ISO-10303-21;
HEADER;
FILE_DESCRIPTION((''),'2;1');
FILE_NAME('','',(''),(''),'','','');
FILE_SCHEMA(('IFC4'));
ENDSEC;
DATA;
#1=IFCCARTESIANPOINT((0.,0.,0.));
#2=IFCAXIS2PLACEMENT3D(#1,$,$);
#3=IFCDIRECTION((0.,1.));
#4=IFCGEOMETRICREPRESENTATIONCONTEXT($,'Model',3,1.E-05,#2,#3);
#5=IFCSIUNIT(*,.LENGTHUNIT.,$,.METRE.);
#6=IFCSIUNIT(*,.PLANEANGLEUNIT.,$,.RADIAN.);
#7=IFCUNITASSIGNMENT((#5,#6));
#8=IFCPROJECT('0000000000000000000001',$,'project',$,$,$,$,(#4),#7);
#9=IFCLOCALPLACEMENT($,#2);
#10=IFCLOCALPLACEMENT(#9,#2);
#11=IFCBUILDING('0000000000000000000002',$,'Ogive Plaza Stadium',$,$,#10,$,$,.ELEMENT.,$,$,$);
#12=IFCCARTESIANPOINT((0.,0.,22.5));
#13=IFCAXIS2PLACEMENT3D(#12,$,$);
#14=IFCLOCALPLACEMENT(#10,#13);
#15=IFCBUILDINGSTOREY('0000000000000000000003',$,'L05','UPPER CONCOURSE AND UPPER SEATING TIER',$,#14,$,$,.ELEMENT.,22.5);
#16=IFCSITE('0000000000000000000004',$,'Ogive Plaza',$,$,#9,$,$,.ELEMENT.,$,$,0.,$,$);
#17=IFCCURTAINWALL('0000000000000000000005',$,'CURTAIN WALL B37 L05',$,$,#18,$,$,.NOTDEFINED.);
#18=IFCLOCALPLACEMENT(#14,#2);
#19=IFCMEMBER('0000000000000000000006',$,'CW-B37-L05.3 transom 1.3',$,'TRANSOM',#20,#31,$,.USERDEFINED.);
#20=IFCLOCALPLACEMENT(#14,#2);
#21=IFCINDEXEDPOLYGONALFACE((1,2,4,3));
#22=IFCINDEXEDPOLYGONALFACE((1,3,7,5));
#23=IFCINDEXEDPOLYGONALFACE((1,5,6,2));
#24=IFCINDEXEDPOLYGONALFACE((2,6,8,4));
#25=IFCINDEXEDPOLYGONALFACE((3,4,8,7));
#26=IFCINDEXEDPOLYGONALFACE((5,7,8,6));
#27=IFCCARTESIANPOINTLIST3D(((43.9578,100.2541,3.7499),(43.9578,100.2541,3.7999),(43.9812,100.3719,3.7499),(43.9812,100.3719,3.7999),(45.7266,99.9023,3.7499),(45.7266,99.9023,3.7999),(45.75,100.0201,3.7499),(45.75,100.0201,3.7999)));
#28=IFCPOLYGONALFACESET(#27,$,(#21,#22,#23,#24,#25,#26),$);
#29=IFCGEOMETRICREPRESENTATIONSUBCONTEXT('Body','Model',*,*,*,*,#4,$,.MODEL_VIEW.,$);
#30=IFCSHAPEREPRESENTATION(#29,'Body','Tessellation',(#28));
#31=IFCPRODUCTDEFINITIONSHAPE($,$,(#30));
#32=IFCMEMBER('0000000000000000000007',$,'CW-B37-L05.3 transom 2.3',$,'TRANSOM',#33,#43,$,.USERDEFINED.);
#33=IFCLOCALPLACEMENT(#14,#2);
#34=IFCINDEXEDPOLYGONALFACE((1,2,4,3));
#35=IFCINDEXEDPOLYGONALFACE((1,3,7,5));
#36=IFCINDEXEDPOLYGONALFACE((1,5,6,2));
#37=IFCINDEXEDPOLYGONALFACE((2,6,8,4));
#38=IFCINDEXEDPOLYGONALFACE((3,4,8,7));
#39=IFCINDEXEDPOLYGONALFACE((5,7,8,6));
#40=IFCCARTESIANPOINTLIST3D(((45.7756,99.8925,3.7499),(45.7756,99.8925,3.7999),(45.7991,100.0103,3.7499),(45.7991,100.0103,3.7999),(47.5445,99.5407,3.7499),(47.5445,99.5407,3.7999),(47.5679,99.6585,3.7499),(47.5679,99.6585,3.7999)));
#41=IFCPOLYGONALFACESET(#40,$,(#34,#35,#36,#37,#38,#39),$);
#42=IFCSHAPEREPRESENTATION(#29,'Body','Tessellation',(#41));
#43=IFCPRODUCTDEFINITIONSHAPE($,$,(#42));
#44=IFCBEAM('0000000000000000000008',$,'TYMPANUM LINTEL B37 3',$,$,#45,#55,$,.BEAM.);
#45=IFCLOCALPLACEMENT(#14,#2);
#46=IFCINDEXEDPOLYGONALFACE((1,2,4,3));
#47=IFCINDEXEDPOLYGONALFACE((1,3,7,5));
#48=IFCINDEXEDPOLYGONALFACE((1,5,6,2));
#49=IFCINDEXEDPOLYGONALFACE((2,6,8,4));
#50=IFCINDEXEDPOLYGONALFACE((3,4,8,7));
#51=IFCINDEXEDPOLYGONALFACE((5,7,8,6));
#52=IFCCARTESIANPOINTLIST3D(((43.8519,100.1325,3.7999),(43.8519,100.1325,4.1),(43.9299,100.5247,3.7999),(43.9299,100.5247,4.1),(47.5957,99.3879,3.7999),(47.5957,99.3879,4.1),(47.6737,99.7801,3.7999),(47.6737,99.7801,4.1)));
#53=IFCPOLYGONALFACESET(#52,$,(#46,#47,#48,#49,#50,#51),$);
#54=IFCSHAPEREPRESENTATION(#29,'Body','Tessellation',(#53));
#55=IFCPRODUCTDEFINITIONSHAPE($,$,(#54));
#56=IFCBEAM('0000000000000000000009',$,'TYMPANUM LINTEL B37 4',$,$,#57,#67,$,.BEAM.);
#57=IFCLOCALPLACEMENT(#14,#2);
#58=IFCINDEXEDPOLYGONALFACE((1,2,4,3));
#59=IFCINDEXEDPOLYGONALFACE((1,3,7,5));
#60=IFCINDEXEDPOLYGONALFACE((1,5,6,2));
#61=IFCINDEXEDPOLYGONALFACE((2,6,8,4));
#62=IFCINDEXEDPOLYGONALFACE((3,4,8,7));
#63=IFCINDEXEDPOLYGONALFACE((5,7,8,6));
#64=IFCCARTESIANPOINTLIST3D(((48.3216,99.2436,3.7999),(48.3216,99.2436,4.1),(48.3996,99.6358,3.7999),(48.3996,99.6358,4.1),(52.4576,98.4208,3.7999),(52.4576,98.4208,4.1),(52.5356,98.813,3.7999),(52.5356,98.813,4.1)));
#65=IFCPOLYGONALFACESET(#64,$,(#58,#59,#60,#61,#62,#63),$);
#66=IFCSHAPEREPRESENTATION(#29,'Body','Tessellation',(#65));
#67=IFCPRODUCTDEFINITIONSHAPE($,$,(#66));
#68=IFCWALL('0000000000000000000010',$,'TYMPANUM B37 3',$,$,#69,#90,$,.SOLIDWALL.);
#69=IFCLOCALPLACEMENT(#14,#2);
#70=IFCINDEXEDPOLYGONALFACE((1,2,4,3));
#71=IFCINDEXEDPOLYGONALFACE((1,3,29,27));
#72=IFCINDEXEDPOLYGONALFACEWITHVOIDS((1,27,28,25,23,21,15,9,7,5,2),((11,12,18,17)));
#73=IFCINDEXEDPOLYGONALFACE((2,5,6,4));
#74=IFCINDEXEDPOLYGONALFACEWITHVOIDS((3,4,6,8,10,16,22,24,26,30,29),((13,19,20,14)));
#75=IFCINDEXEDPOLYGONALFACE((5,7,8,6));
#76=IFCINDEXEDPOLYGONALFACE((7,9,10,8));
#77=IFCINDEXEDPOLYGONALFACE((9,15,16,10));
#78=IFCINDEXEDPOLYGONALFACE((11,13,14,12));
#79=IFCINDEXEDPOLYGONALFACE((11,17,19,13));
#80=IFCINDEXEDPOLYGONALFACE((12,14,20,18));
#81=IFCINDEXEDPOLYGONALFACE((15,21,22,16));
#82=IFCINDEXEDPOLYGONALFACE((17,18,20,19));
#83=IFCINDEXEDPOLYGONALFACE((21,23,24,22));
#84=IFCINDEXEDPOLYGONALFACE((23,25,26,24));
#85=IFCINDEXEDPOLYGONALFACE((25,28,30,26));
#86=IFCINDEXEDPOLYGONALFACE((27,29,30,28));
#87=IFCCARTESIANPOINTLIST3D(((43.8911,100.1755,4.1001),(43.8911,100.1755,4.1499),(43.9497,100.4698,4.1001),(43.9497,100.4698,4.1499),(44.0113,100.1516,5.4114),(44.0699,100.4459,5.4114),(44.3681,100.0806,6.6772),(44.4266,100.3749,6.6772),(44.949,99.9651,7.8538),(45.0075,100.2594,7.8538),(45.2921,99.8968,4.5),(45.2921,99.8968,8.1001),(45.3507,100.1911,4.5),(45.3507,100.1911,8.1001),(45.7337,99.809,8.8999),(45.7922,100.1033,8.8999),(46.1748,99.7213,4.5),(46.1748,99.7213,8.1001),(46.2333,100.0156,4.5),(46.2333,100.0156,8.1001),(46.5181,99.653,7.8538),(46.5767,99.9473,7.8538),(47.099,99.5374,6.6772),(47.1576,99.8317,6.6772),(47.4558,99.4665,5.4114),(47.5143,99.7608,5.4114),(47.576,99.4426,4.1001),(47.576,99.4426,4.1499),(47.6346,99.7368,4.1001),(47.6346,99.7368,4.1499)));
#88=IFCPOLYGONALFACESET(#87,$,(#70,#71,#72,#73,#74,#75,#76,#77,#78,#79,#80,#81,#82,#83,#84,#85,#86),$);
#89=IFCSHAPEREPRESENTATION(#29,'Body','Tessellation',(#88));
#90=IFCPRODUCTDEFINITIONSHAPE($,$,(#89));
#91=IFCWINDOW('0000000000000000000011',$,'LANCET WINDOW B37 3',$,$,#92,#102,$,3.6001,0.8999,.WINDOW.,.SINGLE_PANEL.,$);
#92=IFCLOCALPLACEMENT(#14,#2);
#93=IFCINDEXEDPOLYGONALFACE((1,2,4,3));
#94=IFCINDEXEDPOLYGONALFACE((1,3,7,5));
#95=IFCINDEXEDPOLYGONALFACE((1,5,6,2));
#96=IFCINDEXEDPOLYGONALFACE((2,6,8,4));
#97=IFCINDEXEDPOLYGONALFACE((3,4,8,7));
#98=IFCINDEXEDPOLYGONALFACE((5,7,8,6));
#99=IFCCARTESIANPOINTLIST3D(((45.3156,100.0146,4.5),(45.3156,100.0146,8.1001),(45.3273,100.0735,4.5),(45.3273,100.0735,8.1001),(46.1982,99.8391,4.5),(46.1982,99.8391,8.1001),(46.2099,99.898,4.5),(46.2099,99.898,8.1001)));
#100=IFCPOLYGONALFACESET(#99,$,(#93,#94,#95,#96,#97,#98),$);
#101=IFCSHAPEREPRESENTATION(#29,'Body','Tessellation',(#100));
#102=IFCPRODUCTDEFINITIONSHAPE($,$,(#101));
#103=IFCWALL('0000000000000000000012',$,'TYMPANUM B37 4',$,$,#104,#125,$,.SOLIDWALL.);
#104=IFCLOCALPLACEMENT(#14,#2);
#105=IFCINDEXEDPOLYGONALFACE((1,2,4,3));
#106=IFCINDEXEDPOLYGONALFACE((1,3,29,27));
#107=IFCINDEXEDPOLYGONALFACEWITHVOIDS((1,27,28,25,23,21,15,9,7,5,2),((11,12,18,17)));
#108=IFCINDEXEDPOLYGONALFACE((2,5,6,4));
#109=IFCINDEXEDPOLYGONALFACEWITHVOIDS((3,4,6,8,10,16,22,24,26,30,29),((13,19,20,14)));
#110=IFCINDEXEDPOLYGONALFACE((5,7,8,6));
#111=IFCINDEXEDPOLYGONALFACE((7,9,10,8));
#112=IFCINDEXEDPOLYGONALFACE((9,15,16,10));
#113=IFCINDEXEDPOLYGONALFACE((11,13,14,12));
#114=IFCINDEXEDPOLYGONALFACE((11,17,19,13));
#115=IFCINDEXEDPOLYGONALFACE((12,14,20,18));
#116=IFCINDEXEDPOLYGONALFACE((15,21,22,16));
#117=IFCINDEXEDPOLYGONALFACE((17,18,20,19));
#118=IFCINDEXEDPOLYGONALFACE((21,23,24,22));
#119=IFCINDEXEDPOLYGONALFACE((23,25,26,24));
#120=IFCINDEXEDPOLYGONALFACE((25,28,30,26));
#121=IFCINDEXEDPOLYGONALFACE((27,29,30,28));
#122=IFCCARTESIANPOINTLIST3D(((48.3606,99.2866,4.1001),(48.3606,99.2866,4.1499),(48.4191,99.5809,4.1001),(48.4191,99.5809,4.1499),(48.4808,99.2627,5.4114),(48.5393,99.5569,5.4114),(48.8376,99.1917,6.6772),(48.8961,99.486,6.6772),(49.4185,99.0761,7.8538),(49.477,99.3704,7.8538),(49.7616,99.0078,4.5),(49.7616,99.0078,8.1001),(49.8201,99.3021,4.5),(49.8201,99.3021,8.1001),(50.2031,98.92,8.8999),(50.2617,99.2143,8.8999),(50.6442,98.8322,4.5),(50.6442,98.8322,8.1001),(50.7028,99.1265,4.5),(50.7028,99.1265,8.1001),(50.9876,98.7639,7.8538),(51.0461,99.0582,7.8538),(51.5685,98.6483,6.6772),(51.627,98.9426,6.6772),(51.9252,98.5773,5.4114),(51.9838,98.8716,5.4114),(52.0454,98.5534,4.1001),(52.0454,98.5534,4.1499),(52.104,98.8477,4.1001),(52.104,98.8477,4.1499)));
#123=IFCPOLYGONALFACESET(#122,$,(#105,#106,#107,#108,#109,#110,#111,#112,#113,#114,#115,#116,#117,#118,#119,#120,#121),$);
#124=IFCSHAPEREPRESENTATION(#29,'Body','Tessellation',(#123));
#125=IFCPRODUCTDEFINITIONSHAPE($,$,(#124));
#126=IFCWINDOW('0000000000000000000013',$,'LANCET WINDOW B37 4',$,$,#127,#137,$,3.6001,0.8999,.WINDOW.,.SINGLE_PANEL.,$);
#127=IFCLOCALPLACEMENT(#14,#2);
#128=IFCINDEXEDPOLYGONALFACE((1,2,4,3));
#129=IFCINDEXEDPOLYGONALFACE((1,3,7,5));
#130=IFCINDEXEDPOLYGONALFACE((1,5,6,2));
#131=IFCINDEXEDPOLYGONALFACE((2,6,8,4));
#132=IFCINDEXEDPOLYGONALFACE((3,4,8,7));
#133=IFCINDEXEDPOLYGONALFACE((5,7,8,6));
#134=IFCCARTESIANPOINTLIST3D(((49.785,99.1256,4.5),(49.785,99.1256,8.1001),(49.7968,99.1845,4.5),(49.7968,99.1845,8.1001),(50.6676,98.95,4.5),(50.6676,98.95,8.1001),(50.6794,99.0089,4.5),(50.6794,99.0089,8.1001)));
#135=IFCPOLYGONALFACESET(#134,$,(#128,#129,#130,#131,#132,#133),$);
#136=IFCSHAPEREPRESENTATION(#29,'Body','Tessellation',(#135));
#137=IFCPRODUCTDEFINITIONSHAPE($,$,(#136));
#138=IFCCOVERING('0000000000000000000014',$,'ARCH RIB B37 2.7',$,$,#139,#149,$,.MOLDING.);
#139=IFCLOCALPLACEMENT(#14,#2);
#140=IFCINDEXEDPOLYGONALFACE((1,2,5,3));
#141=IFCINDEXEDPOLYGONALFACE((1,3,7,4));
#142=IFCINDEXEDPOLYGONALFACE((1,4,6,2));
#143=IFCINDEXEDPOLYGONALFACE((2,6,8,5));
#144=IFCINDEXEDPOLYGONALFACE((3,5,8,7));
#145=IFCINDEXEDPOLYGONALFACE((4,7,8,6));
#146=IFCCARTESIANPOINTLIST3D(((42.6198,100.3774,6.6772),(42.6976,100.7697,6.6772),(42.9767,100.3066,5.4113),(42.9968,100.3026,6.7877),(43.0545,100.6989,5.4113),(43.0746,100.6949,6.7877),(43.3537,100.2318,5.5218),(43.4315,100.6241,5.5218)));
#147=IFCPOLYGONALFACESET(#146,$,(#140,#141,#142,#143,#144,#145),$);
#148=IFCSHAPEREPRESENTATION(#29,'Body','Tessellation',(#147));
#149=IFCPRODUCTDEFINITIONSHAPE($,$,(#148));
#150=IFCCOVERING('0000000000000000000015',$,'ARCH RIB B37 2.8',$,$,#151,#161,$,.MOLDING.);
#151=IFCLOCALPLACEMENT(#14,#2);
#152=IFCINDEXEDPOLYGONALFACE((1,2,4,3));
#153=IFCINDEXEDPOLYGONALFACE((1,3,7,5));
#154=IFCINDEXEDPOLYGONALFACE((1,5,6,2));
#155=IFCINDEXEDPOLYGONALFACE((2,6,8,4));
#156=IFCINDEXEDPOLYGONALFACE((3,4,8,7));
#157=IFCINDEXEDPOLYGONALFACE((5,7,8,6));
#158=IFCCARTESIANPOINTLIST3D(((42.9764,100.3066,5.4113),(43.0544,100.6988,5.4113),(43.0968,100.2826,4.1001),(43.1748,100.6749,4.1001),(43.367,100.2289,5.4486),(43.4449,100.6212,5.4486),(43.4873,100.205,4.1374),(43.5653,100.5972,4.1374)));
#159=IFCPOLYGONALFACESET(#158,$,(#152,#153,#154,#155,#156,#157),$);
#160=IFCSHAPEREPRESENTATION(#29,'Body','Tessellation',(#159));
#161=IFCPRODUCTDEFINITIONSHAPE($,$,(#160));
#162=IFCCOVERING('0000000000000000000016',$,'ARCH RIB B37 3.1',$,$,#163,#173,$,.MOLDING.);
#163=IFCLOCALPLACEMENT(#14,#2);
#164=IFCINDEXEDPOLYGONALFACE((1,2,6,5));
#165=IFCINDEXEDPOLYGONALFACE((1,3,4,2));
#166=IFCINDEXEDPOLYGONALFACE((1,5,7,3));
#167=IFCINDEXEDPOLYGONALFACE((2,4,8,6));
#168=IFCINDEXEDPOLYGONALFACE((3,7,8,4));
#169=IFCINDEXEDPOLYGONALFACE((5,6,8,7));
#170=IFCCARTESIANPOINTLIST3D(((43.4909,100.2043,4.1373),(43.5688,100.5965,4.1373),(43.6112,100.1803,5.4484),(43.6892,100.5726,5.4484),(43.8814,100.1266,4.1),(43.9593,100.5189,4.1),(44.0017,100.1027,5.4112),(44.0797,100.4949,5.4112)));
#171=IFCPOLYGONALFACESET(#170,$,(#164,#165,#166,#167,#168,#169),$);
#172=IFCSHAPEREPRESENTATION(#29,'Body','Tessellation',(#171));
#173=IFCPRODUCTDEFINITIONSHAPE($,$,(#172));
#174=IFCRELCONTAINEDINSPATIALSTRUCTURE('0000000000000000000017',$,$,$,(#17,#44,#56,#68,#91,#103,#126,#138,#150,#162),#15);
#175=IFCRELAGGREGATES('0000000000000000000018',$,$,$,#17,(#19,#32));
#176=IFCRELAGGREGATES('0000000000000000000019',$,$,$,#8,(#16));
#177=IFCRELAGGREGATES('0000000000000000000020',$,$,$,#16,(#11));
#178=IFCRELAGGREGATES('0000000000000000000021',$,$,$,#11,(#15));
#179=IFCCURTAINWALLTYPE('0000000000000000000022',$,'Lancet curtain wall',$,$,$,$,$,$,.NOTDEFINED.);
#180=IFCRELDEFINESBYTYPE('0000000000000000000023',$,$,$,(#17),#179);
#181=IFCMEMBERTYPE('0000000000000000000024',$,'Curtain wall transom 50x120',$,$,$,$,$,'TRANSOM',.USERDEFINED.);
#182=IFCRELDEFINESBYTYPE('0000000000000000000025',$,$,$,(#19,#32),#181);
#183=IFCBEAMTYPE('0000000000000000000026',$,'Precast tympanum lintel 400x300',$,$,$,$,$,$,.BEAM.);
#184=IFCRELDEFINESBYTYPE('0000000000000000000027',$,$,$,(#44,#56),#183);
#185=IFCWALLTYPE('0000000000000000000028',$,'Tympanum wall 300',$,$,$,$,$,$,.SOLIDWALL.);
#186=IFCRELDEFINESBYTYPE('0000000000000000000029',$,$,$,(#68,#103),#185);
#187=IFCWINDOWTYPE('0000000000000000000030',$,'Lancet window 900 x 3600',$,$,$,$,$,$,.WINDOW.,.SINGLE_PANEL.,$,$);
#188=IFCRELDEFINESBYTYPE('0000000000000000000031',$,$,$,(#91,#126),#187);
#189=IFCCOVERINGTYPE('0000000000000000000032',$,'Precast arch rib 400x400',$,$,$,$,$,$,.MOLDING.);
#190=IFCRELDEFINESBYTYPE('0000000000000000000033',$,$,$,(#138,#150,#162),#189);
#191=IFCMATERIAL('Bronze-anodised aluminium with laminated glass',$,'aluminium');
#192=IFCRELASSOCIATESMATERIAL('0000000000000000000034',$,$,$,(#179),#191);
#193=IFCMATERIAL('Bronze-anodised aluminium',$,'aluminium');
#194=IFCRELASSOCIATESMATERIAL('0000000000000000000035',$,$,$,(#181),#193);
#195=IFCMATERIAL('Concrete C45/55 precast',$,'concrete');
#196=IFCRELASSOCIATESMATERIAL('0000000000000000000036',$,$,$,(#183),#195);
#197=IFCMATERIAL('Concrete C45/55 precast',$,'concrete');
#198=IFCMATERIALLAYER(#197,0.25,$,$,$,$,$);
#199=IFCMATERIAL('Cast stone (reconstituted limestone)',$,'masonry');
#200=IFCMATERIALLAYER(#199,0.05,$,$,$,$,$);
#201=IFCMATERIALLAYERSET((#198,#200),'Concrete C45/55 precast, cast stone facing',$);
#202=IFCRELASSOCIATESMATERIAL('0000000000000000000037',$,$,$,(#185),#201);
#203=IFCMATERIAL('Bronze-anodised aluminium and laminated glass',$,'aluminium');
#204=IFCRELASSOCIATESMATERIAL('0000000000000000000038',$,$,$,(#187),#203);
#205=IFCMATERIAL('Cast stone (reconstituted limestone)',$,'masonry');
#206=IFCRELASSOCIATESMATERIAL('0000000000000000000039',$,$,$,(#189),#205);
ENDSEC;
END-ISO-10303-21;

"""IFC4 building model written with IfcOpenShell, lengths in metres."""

from ifc_helpers import new_model, si_unit, direction, frame, frame_2d, origin, origin_2d, place, context, subcontext, project, spatial, polyline, rectangle, outline, extrude, material, layer, layer_set, material_profile, profile_set, type_object, element, fill, aggregate, save


model = new_model("IFC4")

# Units and contexts
model_context = context("Model", 3, precision=1e-05, world=origin(), true_north=direction((0.0, 1.0)))
body_context = subcontext(model_context, "Body", "Model", "MODEL_VIEW")
ifc_project = project(units=[si_unit("LENGTHUNIT", "METRE"), si_unit("PLANEANGLEUNIT", "RADIAN")], contexts=[model_context])

# Site, building, storey
site_placement = place(None, origin())
site = spatial("IfcSite", under=ifc_project, at=site_placement, Name="Ogive Plaza", CompositionType="ELEMENT", RefElevation=0.0)
building_placement = place(site_placement, origin())
building = spatial("IfcBuilding", under=site, at=building_placement, Name="Ogive Plaza Stadium", CompositionType="ELEMENT")
storey_placement = place(building_placement, frame((0.0, 0.0, 22.5)))
storey = spatial("IfcBuildingStorey", under=building, at=storey_placement, Name="L05", Description="UPPER CONCOURSE AND UPPER SEATING TIER", CompositionType="ELEMENT", Elevation=22.5)

# Curtain wall, members
ifc_material_1 = material(Name="Bronze-anodised aluminium with laminated glass", Category="aluminium")
curtain_wall_type = type_object("IfcCurtainWallType", Name="Lancet curtain wall", PredefinedType="NOTDEFINED", material=ifc_material_1)
curtain_wall_placement = place(storey_placement, origin())
curtain_wall = element("IfcCurtainWall", 1, at=curtain_wall_placement, inside=storey, type_object=curtain_wall_type, Name="CURTAIN WALL B37 L05", PredefinedType="NOTDEFINED")
ifc_material_2 = material(Name="Bronze-anodised aluminium", Category="aluminium")
ifc_material_profile_1 = material_profile(ifc_material_2, rectangle(XDim=0.1201, YDim=0.05, at=origin_2d()), Name="AL 120x50")
ifc_profile_set_1 = profile_set([ifc_material_profile_1], Name="Bronze-anodised aluminium")
member_type = type_object("IfcMemberType", Name="Curtain wall transom 50x120", ElementType="TRANSOM", PredefinedType="USERDEFINED", material=ifc_profile_set_1)
member_1_placement = place(storey_placement, frame((43.9695, 100.313, 3.7749), z_axis=(0.980788, -0.195075, 0.0), x_axis=(0.195075, 0.980788, 0.0)))
member_1 = element("IfcMember", 2, at=member_1_placement, type_object=member_type, Name="CW-B37-L05.3 transom 1.3", ObjectType="TRANSOM", PredefinedType="USERDEFINED", context=body_context, shape_type="SweptSolid", body=[
    extrude(rectangle(XDim=0.1201, YDim=0.05, at=origin_2d()), origin(), (0.0, 0.0, 1.0), 1.8035),
])
member_2_placement = place(storey_placement, frame((45.7874, 99.9514, 3.7749), z_axis=(0.980788, -0.195075, 0.0), x_axis=(0.195075, 0.980788, 0.0)))
member_2 = element("IfcMember", 3, at=member_2_placement, type_object=member_type, Name="CW-B37-L05.3 transom 2.3", ObjectType="TRANSOM", PredefinedType="USERDEFINED", context=body_context, shape_type="SweptSolid", body=[
    extrude(rectangle(XDim=0.1201, YDim=0.05, at=origin_2d()), origin(), (0.0, 0.0, 1.0), 1.8035),
])
aggregate(curtain_wall, [member_1, member_2])

# Beams
ifc_material_3 = material(Name="Concrete C45/55 precast", Category="concrete")
ifc_material_profile_2 = material_profile(ifc_material_3, rectangle(XDim=0.3999, YDim=0.3, at=origin_2d()), Name="RC 400x300")
ifc_profile_set_2 = profile_set([ifc_material_profile_2], Name="Concrete C45/55 precast")
beam_type = type_object("IfcBeamType", Name="Precast tympanum lintel 400x300", PredefinedType="BEAM", material=ifc_profile_set_2)
beam_1_placement = place(storey_placement, frame((43.8909, 100.3286, 3.95), z_axis=(0.980789, -0.195071, 0.0), x_axis=(0.195071, 0.980789, 0.0)))
element("IfcBeam", 4, at=beam_1_placement, inside=storey, type_object=beam_type, Name="TYMPANUM LINTEL B37 3", PredefinedType="BEAM", context=body_context, shape_type="SweptSolid", body=[
    extrude(rectangle(XDim=0.3999, YDim=0.3, at=origin_2d()), origin(), (0.0, 0.0, 1.0), 3.8171),
])
beam_2_placement = place(storey_placement, frame((48.3606, 99.4397, 3.95), z_axis=(0.980783, -0.195103, 0.0), x_axis=(0.195103, 0.980783, 0.0)))
element("IfcBeam", 5, at=beam_2_placement, inside=storey, type_object=beam_type, Name="TYMPANUM LINTEL B37 4", PredefinedType="BEAM", context=body_context, shape_type="SweptSolid", body=[
    extrude(rectangle(XDim=0.3999, YDim=0.3, at=origin_2d()), origin(), (0.0, 0.0, 1.0), 4.217),
])

# Walls, openings, windows
ifc_material_4 = material(Name="Concrete C45/55 precast", Category="concrete")
ifc_layer_1 = layer(ifc_material_4, 0.25)
ifc_material_5 = material(Name="Cast stone (reconstituted limestone)", Category="masonry")
ifc_layer_2 = layer(ifc_material_5, 0.05)
ifc_layer_set_1 = layer_set([ifc_layer_1, ifc_layer_2], Name="Concrete C45/55 precast, cast stone facing")
wall_type = type_object("IfcWallType", Name="Tympanum wall 300", PredefinedType="SOLIDWALL", material=ifc_layer_set_1)
wall_1_placement = place(storey_placement, frame((43.9204, 100.3228, 4.1001), z_axis=(0.0, 0.0, 1.0), x_axis=(0.980788, -0.195079, 0.0)))
wall_1 = element("IfcWall", 6, at=wall_1_placement, inside=storey, type_object=wall_type, Name="TYMPANUM B37 3", PredefinedType="SOLIDWALL", context=body_context, shape_type="SweptSolid", body=[
    extrude(outline(polyline([(0.0, 0.0), (3.7571, 0.0), (3.7571, 0.0498), (3.6345, 1.3113), (3.2708, 2.5771), (2.6785, 3.7537), (1.8787, 4.7998), (1.0786, 3.7537), (0.4863, 2.5771), (0.1226, 1.3113), (0.0, 0.0498), (0.0, 0.0)])), frame((0.0, 0.1499, 0.0), z_axis=(0.0, -1.0, 0.0), x_axis=(1.0, 0.0, 0.0)), (0.0, 0.0, 1.0), 0.3),
])
opening_1_placement = place(wall_1_placement, frame((1.4285, 0.0, 0.3999)))
opening_1 = element("IfcOpeningElement", 7, at=opening_1_placement, cuts=wall_1, PredefinedType="OPENING", context=body_context, shape_type="SweptSolid", body=[
    extrude(rectangle(XDim=0.8999, YDim=3.6001, at=frame_2d((0.45, 1.8))), frame((0.0, 0.1602, 0.0), z_axis=(0.0, -1.0, 0.0), x_axis=(1.0, 0.0, 0.0)), (0.0, 0.0, 1.0), 0.3201),
])
ifc_material_6 = material(Name="Bronze-anodised aluminium and laminated glass", Category="aluminium")
window_type = type_object("IfcWindowType", Name="Lancet window 900 x 3600", PartitioningType="SINGLE_PANEL", PredefinedType="WINDOW", material=ifc_material_6)
window_1_placement = place(opening_1_placement, origin())
window_1 = element("IfcWindow", 8, at=window_1_placement, inside=storey, type_object=window_type, Name="LANCET WINDOW B37 3", OverallHeight=3.6001, OverallWidth=0.8999, PartitioningType="SINGLE_PANEL", PredefinedType="WINDOW", context=body_context, shape_type="SweptSolid", body=[
    extrude(rectangle(XDim=0.8999, YDim=3.6001, at=frame_2d((0.45, 1.8))), frame((0.0, 0.03, 0.0), z_axis=(0.0, -1.0, 0.0), x_axis=(1.0, 0.0, 0.0)), (0.0, 0.0, 1.0), 0.0601),
])
fill(opening_1, window_1)
wall_2_placement = place(storey_placement, frame((48.3899, 99.4338, 4.1001), z_axis=(0.0, 0.0, 1.0), x_axis=(0.980775, -0.195141, 0.0)))
wall_2 = element("IfcWall", 9, at=wall_2_placement, inside=storey, type_object=wall_type, Name="TYMPANUM B37 4", PredefinedType="SOLIDWALL", context=body_context, shape_type="SweptSolid", body=[
    extrude(outline(polyline([(0.0, 0.0), (3.7571, 0.0), (3.7571, 0.0498), (3.6345, 1.3113), (3.2708, 2.5771), (2.6785, 3.7537), (1.8787, 4.7998), (1.0786, 3.7537), (0.4863, 2.5771), (0.1226, 1.3113), (0.0, 0.0498), (0.0, 0.0)])), frame((0.0, 0.1499, 0.0), z_axis=(0.0, -1.0, 0.0), x_axis=(1.0, 0.0, 0.0)), (0.0, 0.0, 1.0), 0.3),
])
opening_2_placement = place(wall_2_placement, frame((1.4285, 0.0, 0.3999)))
opening_2 = element("IfcOpeningElement", 10, at=opening_2_placement, cuts=wall_2, PredefinedType="OPENING", context=body_context, shape_type="SweptSolid", body=[
    extrude(rectangle(XDim=0.8999, YDim=3.6001, at=frame_2d((0.45, 1.8))), frame((0.0, 0.1602, 0.0), z_axis=(0.0, -1.0, 0.0), x_axis=(1.0, 0.0, 0.0)), (0.0, 0.0, 1.0), 0.3201),
])
window_2_placement = place(opening_2_placement, origin())
window_2 = element("IfcWindow", 11, at=window_2_placement, inside=storey, type_object=window_type, Name="LANCET WINDOW B37 4", OverallHeight=3.6001, OverallWidth=0.8999, PartitioningType="SINGLE_PANEL", PredefinedType="WINDOW", context=body_context, shape_type="SweptSolid", body=[
    extrude(rectangle(XDim=0.8999, YDim=3.6001, at=frame_2d((0.45, 1.8))), frame((0.0, 0.03, 0.0), z_axis=(0.0, -1.0, 0.0), x_axis=(1.0, 0.0, 0.0)), (0.0, 0.0, 1.0), 0.0601),
])
fill(opening_2, window_2)

# Coverings
ifc_material_7 = material(Name="Cast stone (reconstituted limestone)", Category="masonry")
ifc_material_profile_3 = material_profile(ifc_material_7, rectangle(XDim=0.3999, YDim=0.3999, at=origin_2d()), Name="Cast stone 400x400")
ifc_profile_set_3 = profile_set([ifc_material_profile_3], Name="Cast stone (reconstituted limestone)")
covering_type_1 = type_object("IfcCoveringType", Name="Precast arch rib 400x400", PredefinedType="MOLDING", material=ifc_profile_set_3)
covering_1_placement = place(storey_placement, frame((42.8472, 100.5361, 6.7324), z_axis=(0.270993, -0.053754, -0.961079), x_axis=(0.194568, 0.980889, 0.0)))
element("IfcCovering", 12, at=covering_1_placement, inside=storey, type_object=covering_type_1, Name="ARCH RIB B37 2.7", PredefinedType="MOLDING", context=body_context, shape_type="SweptSolid", body=[
    extrude(rectangle(XDim=0.3999, YDim=0.3999, at=origin_2d()), origin(), (0.0, 0.0, 1.0), 1.3171),
])
for number, where, z_axis, x_axis, name in (
    (13, (43.2107, 100.4639, 5.4299), (0.09139, -0.018167, -0.995649), (0.194968, 0.98081, 0.0), "ARCH RIB B37 2.8"),
    (14, (43.7251, 100.3616, 4.1187), (0.09139, -0.018167, 0.995649), (0.194968, 0.98081, 0.0), "ARCH RIB B37 3.1"),
):
    element("IfcCovering", number, at=place(storey_placement, frame(where, z_axis=z_axis, x_axis=x_axis)), inside=storey, type_object=covering_type_1, Name=name, PredefinedType="MOLDING", context=body_context, shape_type="SweptSolid", body=[
        extrude(rectangle(XDim=0.3999, YDim=0.3999, at=origin_2d()), origin(), (0.0, 0.0, 1.0), 1.3169),
    ])

save(model, "model.ifc")
